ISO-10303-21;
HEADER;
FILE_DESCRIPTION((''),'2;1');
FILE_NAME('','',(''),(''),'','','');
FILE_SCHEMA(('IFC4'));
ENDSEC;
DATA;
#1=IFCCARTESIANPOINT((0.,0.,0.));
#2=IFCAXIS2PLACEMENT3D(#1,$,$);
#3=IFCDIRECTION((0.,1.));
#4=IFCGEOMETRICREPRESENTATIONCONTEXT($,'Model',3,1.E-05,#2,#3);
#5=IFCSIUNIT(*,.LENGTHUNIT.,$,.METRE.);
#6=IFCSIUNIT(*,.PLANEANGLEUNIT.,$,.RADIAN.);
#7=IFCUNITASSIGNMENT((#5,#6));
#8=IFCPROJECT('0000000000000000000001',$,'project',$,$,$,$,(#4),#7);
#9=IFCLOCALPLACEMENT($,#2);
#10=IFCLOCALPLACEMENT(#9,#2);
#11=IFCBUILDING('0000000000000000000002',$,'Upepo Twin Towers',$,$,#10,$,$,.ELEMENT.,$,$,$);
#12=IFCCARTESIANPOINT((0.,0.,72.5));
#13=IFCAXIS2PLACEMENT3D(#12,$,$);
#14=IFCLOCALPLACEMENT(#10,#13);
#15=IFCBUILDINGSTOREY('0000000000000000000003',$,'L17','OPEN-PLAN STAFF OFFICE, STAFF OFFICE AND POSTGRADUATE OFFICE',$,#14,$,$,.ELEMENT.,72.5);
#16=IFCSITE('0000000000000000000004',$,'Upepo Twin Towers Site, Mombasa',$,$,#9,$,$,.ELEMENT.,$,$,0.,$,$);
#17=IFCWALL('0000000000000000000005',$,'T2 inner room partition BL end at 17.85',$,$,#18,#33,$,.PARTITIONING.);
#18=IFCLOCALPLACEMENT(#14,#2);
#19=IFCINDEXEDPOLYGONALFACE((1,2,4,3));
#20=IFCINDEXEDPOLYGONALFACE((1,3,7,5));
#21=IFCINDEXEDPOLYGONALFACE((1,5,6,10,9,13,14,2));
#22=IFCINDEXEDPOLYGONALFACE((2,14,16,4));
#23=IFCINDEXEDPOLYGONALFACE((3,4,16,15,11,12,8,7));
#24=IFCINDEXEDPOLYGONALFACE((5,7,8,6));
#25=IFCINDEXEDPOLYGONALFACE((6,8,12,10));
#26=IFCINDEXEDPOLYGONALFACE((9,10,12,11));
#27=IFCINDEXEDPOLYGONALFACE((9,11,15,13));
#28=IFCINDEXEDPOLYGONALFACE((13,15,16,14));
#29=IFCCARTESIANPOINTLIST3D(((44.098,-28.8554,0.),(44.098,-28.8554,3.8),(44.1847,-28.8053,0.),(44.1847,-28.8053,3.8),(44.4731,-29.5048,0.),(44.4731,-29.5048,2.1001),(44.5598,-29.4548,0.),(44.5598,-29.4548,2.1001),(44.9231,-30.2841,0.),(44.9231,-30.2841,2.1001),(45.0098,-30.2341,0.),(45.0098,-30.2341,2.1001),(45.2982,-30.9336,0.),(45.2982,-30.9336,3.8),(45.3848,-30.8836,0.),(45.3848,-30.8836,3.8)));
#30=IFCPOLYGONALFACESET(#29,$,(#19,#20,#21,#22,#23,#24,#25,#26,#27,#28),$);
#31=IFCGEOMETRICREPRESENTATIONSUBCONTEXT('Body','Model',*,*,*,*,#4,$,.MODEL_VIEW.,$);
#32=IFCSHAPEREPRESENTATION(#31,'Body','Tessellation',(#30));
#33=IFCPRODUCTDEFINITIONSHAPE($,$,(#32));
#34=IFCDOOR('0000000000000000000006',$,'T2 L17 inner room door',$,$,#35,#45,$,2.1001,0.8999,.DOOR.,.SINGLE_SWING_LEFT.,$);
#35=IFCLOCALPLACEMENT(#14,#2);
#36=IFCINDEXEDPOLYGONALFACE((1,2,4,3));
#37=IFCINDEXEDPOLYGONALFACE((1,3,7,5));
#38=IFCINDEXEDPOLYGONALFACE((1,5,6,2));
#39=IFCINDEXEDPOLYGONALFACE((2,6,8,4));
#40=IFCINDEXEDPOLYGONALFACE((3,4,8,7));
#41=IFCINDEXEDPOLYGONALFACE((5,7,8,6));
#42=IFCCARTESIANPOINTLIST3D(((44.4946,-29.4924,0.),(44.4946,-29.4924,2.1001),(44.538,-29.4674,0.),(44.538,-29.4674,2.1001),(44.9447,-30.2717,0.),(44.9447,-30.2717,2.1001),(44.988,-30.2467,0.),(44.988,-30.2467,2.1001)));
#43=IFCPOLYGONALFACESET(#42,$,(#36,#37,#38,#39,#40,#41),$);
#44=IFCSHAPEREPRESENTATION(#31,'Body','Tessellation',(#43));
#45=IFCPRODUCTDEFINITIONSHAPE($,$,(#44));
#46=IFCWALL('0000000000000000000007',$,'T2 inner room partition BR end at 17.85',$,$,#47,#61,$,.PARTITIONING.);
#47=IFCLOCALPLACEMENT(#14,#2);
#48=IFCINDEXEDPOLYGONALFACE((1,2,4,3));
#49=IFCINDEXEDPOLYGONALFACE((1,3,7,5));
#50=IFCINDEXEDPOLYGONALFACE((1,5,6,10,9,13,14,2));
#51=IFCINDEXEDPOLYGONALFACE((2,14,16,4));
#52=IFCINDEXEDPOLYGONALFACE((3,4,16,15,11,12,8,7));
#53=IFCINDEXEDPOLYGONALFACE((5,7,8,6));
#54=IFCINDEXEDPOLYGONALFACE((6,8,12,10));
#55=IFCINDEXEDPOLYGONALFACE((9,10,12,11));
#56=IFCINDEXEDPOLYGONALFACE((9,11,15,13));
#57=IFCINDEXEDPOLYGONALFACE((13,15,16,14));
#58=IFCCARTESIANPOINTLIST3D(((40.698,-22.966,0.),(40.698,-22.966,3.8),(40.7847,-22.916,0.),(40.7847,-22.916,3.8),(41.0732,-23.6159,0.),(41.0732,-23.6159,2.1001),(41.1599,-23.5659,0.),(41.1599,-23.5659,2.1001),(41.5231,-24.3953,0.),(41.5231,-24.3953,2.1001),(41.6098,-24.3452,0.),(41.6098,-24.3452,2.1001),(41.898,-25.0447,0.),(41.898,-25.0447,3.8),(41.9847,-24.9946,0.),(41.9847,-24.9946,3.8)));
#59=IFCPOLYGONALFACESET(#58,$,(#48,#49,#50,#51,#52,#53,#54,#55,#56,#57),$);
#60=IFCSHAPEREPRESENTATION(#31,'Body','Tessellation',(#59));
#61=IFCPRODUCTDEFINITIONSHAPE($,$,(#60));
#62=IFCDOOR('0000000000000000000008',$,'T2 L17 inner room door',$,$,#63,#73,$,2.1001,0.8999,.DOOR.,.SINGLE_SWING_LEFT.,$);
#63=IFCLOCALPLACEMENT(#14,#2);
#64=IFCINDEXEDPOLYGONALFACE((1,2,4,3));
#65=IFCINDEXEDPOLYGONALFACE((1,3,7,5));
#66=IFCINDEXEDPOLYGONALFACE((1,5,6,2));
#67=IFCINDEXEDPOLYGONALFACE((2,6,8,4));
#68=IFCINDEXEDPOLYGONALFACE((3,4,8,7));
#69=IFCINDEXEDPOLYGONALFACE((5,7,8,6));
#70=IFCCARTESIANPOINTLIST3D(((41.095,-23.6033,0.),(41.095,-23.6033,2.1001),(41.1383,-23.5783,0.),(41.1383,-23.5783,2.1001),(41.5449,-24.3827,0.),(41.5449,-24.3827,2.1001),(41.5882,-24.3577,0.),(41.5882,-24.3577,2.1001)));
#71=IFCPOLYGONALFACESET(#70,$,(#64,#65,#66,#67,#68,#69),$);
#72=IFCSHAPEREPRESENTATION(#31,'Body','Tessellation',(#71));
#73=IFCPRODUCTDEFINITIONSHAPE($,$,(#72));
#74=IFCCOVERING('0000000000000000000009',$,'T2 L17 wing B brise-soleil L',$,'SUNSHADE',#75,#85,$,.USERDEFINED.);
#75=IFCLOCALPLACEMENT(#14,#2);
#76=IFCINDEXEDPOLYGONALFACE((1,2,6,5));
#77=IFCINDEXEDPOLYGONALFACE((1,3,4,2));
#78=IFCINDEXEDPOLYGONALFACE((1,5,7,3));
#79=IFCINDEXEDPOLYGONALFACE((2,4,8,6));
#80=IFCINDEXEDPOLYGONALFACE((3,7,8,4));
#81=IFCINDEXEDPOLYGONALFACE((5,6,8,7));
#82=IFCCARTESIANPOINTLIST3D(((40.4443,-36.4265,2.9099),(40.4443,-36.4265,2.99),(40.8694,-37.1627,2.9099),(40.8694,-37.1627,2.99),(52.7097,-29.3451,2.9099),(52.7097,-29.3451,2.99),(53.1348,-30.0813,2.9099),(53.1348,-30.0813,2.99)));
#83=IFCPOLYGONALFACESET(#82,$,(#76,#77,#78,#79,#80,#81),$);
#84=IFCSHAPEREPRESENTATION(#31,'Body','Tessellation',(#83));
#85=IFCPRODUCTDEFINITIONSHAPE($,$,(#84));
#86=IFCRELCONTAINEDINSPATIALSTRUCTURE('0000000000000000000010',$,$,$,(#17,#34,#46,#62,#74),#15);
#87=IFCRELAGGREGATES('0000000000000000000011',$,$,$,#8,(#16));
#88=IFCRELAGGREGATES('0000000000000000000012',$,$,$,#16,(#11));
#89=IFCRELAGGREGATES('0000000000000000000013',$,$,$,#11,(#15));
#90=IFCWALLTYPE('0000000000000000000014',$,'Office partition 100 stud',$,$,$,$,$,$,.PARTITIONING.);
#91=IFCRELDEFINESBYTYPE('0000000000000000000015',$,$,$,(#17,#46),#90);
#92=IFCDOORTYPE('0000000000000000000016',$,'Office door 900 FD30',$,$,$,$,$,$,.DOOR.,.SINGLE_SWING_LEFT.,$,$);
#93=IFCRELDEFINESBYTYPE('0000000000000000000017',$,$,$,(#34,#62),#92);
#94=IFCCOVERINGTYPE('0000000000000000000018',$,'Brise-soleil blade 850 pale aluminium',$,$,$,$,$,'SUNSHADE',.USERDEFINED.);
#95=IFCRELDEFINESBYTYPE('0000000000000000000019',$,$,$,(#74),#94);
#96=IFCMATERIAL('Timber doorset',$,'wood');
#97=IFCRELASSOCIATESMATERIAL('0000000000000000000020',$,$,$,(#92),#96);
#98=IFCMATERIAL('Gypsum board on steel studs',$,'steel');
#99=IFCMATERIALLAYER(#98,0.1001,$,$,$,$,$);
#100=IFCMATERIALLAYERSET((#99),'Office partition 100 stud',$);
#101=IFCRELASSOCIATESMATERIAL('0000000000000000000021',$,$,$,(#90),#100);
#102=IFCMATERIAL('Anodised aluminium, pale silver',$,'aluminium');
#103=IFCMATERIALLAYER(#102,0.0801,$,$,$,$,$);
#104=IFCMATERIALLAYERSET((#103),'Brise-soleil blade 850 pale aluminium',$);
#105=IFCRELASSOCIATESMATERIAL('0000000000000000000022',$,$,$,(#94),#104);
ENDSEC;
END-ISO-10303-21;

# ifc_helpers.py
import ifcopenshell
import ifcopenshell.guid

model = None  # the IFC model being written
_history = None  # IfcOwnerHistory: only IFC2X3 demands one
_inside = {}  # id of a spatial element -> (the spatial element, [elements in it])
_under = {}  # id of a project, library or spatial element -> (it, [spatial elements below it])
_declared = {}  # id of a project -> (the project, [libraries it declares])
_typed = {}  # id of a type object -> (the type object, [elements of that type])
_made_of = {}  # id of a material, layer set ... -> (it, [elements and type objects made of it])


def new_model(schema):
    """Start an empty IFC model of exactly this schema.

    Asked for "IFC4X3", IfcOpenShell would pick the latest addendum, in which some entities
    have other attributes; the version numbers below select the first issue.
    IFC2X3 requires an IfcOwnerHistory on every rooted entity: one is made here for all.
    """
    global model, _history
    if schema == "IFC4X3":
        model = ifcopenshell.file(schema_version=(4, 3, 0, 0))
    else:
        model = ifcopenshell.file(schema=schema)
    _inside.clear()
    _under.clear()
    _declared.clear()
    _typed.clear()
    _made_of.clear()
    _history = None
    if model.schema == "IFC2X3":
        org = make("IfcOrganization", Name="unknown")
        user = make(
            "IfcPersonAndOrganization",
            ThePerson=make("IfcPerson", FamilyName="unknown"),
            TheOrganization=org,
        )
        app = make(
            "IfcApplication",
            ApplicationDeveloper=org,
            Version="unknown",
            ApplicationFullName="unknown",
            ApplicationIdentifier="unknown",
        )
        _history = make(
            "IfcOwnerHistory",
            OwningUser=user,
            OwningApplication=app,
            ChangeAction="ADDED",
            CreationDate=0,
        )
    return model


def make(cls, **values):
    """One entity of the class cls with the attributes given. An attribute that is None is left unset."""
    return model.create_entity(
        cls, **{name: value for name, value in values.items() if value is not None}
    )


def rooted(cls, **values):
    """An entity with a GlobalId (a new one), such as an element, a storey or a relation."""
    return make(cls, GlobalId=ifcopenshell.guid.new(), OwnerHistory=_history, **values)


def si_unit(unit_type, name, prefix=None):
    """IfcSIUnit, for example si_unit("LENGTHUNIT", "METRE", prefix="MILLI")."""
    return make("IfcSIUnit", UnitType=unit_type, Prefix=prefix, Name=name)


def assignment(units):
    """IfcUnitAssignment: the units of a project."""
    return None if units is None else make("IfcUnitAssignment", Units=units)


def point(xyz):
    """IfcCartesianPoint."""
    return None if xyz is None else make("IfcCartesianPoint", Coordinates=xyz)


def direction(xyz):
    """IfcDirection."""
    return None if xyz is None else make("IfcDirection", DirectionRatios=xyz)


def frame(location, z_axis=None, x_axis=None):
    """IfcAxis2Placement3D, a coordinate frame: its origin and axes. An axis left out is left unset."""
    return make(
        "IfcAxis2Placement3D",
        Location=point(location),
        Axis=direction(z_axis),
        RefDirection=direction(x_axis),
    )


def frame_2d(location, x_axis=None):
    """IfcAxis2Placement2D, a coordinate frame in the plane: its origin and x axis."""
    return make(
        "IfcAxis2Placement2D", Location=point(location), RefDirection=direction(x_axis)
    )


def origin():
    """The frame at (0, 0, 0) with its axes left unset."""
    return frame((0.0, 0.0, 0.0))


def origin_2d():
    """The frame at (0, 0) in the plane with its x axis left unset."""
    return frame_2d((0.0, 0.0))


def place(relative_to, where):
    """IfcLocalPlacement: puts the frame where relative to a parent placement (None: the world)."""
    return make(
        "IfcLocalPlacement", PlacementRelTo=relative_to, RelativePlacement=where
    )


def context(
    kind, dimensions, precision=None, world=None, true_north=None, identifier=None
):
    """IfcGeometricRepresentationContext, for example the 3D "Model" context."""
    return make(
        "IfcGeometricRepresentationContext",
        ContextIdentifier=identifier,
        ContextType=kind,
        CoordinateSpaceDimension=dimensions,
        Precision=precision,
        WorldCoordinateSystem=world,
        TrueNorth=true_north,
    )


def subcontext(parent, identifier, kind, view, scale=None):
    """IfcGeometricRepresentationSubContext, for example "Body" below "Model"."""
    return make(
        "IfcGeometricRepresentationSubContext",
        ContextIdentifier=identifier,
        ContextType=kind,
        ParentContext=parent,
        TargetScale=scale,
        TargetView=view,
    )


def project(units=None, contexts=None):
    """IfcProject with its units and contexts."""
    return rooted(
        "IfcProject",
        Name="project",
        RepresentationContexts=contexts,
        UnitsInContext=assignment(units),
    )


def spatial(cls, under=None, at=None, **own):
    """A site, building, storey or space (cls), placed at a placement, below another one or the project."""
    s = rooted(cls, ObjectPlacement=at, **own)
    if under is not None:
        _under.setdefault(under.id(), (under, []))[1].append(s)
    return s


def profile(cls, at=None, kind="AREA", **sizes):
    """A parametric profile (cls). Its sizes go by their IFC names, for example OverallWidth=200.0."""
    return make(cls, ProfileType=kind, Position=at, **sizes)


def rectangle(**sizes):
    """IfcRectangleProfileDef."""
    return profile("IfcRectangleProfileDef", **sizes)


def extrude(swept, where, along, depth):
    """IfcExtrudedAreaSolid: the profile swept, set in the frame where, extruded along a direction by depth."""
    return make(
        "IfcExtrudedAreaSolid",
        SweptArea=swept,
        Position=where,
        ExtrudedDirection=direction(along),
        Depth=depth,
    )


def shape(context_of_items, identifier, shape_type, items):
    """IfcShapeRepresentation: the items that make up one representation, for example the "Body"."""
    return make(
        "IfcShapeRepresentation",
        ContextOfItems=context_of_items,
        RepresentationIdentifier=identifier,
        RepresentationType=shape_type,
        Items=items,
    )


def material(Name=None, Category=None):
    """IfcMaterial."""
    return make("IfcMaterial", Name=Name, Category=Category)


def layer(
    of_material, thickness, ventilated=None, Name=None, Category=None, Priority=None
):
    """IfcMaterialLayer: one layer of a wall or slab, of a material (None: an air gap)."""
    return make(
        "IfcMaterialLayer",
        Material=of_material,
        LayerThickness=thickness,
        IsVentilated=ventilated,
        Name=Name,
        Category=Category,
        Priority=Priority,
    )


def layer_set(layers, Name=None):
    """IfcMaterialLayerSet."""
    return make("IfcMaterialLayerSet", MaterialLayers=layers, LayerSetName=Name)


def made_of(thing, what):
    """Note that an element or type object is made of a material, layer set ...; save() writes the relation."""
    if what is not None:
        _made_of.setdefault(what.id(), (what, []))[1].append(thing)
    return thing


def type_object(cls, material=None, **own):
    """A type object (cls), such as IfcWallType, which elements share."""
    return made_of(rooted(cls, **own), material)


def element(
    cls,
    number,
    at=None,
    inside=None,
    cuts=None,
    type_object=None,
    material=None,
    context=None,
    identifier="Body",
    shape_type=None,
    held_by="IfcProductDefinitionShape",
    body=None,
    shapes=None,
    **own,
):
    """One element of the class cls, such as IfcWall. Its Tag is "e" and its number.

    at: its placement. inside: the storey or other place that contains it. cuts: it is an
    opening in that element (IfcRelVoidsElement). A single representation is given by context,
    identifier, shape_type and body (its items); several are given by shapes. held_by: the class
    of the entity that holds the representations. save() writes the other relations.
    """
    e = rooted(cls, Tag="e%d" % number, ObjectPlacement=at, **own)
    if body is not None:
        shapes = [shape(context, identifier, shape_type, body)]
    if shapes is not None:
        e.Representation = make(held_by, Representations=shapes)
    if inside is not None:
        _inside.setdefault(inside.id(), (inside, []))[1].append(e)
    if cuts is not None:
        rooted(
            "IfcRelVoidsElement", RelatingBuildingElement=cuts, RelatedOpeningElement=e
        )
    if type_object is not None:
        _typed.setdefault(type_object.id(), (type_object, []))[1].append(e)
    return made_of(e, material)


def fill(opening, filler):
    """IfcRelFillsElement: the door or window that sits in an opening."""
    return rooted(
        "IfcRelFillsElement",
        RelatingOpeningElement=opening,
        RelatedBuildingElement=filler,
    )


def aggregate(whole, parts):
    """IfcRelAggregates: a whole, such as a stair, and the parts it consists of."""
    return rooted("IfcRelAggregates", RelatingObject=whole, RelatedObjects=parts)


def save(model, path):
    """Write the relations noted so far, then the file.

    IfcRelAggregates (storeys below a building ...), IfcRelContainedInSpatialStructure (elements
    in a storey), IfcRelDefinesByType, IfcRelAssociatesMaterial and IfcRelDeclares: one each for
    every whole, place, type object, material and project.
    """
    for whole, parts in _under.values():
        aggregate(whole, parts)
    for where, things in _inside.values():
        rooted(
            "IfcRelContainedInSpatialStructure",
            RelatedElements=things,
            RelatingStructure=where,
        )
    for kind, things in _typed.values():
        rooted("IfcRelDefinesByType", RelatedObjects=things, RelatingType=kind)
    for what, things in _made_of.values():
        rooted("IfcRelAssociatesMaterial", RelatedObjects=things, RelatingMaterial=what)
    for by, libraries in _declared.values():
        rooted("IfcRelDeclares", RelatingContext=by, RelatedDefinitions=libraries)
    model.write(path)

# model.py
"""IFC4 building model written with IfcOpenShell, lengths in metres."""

from ifc_helpers import new_model, si_unit, direction, frame, frame_2d, origin, origin_2d, place, context, subcontext, project, spatial, rectangle, extrude, material, layer, layer_set, type_object, element, fill, save


model = new_model("IFC4")

# Units and contexts
model_context = context("Model", 3, precision=1e-05, world=origin(), true_north=direction((0.0, 1.0)))
body_context = subcontext(model_context, "Body", "Model", "MODEL_VIEW")
ifc_project = project(units=[si_unit("LENGTHUNIT", "METRE"), si_unit("PLANEANGLEUNIT", "RADIAN")], contexts=[model_context])

# Site, building, storey
site_placement = place(None, origin())
site = spatial("IfcSite", under=ifc_project, at=site_placement, Name="Upepo Twin Towers Site, Mombasa", CompositionType="ELEMENT", RefElevation=0.0)
building_placement = place(site_placement, origin())
building = spatial("IfcBuilding", under=site, at=building_placement, Name="Upepo Twin Towers", CompositionType="ELEMENT")
storey_placement = place(building_placement, frame((0.0, 0.0, 72.5)))
storey = spatial("IfcBuildingStorey", under=building, at=storey_placement, Name="L17", Description="OPEN-PLAN STAFF OFFICE, STAFF OFFICE AND POSTGRADUATE OFFICE", CompositionType="ELEMENT", Elevation=72.5)

# Shared definitions
ifc_material_1 = material(Name="Timber doorset", Category="wood")
door_type = type_object("IfcDoorType", Name="Office door 900 FD30", OperationType="SINGLE_SWING_LEFT", PredefinedType="DOOR", material=ifc_material_1)

# Shared definitions
ifc_material_2 = material(Name="Gypsum board on steel studs", Category="steel")
ifc_layer_1 = layer(ifc_material_2, 0.1001)
ifc_layer_set_1 = layer_set([ifc_layer_1], Name="Office partition 100 stud")
wall_type_1 = type_object("IfcWallType", Name="Office partition 100 stud", PredefinedType="PARTITIONING", material=ifc_layer_set_1)

# Walls, openings, doors
wall_1_placement = place(storey_placement, frame((44.1414, -28.8303, 0.0), z_axis=(0.0, 0.0, 1.0), x_axis=(0.500078, -0.865981, 0.0)))
wall_1 = element("IfcWall", 1, at=wall_1_placement, inside=storey, type_object=wall_type_1, Name="T2 inner room partition BL end at 17.85", PredefinedType="PARTITIONING", context=body_context, shape_type="SweptSolid", body=[
    extrude(rectangle(XDim=2.3999, YDim=0.1001, at=frame_2d((1.2, 0.0))), origin(), (0.0, 0.0, 1.0), 3.8),
])
opening_1_placement = place(wall_1_placement, frame((0.75, 0.0, 0.0)))
opening_1 = element("IfcOpeningElement", 2, at=opening_1_placement, cuts=wall_1, PredefinedType="OPENING", context=body_context, shape_type="SweptSolid", body=[
    extrude(rectangle(XDim=0.8999, YDim=2.1001, at=frame_2d((0.45, 1.05))), frame((0.0, 0.0601, 0.0), z_axis=(0.0, -1.0, 0.0), x_axis=(1.0, 0.0, 0.0)), (0.0, 0.0, 1.0), 0.1201),
])
door_1_placement = place(opening_1_placement, origin())
door_1 = element("IfcDoor", 3, at=door_1_placement, inside=storey, type_object=door_type, Name="T2 L17 inner room door", OperationType="SINGLE_SWING_LEFT", OverallHeight=2.1001, OverallWidth=0.8999, PredefinedType="DOOR", context=body_context, shape_type="SweptSolid", body=[
    extrude(rectangle(XDim=0.8999, YDim=2.1001, at=frame_2d((0.45, 1.05))), frame((0.0, 0.0249, 0.0), z_axis=(0.0, -1.0, 0.0), x_axis=(1.0, 0.0, 0.0)), (0.0, 0.0, 1.0), 0.05),
])
fill(opening_1, door_1)
wall_2_placement = place(storey_placement, frame((41.9414, -25.0198, 0.0), z_axis=(0.0, 0.0, 1.0), x_axis=(-0.499957, 0.86605, 0.0)))
wall_2 = element("IfcWall", 4, at=wall_2_placement, inside=storey, type_object=wall_type_1, Name="T2 inner room partition BR end at 17.85", PredefinedType="PARTITIONING", context=body_context, shape_type="SweptSolid", body=[
    extrude(rectangle(XDim=2.4001, YDim=0.1001, at=frame_2d((1.2002, 0.0))), origin(), (0.0, 0.0, 1.0), 3.8),
])
opening_2_placement = place(wall_2_placement, frame((0.75, 0.0, 0.0)))
opening_2 = element("IfcOpeningElement", 5, at=opening_2_placement, cuts=wall_2, PredefinedType="OPENING", context=body_context, shape_type="SweptSolid", body=[
    extrude(rectangle(XDim=0.8999, YDim=2.1001, at=frame_2d((0.45, 1.05))), frame((0.0, 0.0601, 0.0), z_axis=(0.0, -1.0, 0.0), x_axis=(1.0, 0.0, 0.0)), (0.0, 0.0, 1.0), 0.1201),
])
door_2_placement = place(opening_2_placement, origin())
door_2 = element("IfcDoor", 6, at=door_2_placement, inside=storey, type_object=door_type, Name="T2 L17 inner room door", OperationType="SINGLE_SWING_LEFT", OverallHeight=2.1001, OverallWidth=0.8999, PredefinedType="DOOR", context=body_context, shape_type="SweptSolid", body=[
    extrude(rectangle(XDim=0.8999, YDim=2.1001, at=frame_2d((0.45, 1.05))), frame((0.0, 0.0249, 0.0), z_axis=(0.0, -1.0, 0.0), x_axis=(1.0, 0.0, 0.0)), (0.0, 0.0, 1.0), 0.05),
])
fill(opening_2, door_2)

# Covering
ifc_material_3 = material(Name="Anodised aluminium, pale silver", Category="aluminium")
ifc_layer_2 = layer(ifc_material_3, 0.0801)
ifc_layer_set_2 = layer_set([ifc_layer_2], Name="Brise-soleil blade 850 pale aluminium")
covering_type = type_object("IfcCoveringType", Name="Brise-soleil blade 850 pale aluminium", ElementType="SUNSHADE", PredefinedType="USERDEFINED", material=ifc_layer_set_2)
covering_placement = place(storey_placement, frame((46.7896, -33.2539, 2.9099), z_axis=(0.0, 0.0, 1.0), x_axis=(-0.866025, -0.5, 0.0)))
element("IfcCovering", 7, at=covering_placement, inside=storey, type_object=covering_type, Name="T2 L17 wing B brise-soleil L", ObjectType="SUNSHADE", PredefinedType="USERDEFINED", context=body_context, shape_type="SweptSolid", body=[
    extrude(rectangle(XDim=14.1628, YDim=0.8501, at=origin_2d()), origin(), (0.0, 0.0, 1.0), 0.0801),
])

save(model, "model.ifc")
